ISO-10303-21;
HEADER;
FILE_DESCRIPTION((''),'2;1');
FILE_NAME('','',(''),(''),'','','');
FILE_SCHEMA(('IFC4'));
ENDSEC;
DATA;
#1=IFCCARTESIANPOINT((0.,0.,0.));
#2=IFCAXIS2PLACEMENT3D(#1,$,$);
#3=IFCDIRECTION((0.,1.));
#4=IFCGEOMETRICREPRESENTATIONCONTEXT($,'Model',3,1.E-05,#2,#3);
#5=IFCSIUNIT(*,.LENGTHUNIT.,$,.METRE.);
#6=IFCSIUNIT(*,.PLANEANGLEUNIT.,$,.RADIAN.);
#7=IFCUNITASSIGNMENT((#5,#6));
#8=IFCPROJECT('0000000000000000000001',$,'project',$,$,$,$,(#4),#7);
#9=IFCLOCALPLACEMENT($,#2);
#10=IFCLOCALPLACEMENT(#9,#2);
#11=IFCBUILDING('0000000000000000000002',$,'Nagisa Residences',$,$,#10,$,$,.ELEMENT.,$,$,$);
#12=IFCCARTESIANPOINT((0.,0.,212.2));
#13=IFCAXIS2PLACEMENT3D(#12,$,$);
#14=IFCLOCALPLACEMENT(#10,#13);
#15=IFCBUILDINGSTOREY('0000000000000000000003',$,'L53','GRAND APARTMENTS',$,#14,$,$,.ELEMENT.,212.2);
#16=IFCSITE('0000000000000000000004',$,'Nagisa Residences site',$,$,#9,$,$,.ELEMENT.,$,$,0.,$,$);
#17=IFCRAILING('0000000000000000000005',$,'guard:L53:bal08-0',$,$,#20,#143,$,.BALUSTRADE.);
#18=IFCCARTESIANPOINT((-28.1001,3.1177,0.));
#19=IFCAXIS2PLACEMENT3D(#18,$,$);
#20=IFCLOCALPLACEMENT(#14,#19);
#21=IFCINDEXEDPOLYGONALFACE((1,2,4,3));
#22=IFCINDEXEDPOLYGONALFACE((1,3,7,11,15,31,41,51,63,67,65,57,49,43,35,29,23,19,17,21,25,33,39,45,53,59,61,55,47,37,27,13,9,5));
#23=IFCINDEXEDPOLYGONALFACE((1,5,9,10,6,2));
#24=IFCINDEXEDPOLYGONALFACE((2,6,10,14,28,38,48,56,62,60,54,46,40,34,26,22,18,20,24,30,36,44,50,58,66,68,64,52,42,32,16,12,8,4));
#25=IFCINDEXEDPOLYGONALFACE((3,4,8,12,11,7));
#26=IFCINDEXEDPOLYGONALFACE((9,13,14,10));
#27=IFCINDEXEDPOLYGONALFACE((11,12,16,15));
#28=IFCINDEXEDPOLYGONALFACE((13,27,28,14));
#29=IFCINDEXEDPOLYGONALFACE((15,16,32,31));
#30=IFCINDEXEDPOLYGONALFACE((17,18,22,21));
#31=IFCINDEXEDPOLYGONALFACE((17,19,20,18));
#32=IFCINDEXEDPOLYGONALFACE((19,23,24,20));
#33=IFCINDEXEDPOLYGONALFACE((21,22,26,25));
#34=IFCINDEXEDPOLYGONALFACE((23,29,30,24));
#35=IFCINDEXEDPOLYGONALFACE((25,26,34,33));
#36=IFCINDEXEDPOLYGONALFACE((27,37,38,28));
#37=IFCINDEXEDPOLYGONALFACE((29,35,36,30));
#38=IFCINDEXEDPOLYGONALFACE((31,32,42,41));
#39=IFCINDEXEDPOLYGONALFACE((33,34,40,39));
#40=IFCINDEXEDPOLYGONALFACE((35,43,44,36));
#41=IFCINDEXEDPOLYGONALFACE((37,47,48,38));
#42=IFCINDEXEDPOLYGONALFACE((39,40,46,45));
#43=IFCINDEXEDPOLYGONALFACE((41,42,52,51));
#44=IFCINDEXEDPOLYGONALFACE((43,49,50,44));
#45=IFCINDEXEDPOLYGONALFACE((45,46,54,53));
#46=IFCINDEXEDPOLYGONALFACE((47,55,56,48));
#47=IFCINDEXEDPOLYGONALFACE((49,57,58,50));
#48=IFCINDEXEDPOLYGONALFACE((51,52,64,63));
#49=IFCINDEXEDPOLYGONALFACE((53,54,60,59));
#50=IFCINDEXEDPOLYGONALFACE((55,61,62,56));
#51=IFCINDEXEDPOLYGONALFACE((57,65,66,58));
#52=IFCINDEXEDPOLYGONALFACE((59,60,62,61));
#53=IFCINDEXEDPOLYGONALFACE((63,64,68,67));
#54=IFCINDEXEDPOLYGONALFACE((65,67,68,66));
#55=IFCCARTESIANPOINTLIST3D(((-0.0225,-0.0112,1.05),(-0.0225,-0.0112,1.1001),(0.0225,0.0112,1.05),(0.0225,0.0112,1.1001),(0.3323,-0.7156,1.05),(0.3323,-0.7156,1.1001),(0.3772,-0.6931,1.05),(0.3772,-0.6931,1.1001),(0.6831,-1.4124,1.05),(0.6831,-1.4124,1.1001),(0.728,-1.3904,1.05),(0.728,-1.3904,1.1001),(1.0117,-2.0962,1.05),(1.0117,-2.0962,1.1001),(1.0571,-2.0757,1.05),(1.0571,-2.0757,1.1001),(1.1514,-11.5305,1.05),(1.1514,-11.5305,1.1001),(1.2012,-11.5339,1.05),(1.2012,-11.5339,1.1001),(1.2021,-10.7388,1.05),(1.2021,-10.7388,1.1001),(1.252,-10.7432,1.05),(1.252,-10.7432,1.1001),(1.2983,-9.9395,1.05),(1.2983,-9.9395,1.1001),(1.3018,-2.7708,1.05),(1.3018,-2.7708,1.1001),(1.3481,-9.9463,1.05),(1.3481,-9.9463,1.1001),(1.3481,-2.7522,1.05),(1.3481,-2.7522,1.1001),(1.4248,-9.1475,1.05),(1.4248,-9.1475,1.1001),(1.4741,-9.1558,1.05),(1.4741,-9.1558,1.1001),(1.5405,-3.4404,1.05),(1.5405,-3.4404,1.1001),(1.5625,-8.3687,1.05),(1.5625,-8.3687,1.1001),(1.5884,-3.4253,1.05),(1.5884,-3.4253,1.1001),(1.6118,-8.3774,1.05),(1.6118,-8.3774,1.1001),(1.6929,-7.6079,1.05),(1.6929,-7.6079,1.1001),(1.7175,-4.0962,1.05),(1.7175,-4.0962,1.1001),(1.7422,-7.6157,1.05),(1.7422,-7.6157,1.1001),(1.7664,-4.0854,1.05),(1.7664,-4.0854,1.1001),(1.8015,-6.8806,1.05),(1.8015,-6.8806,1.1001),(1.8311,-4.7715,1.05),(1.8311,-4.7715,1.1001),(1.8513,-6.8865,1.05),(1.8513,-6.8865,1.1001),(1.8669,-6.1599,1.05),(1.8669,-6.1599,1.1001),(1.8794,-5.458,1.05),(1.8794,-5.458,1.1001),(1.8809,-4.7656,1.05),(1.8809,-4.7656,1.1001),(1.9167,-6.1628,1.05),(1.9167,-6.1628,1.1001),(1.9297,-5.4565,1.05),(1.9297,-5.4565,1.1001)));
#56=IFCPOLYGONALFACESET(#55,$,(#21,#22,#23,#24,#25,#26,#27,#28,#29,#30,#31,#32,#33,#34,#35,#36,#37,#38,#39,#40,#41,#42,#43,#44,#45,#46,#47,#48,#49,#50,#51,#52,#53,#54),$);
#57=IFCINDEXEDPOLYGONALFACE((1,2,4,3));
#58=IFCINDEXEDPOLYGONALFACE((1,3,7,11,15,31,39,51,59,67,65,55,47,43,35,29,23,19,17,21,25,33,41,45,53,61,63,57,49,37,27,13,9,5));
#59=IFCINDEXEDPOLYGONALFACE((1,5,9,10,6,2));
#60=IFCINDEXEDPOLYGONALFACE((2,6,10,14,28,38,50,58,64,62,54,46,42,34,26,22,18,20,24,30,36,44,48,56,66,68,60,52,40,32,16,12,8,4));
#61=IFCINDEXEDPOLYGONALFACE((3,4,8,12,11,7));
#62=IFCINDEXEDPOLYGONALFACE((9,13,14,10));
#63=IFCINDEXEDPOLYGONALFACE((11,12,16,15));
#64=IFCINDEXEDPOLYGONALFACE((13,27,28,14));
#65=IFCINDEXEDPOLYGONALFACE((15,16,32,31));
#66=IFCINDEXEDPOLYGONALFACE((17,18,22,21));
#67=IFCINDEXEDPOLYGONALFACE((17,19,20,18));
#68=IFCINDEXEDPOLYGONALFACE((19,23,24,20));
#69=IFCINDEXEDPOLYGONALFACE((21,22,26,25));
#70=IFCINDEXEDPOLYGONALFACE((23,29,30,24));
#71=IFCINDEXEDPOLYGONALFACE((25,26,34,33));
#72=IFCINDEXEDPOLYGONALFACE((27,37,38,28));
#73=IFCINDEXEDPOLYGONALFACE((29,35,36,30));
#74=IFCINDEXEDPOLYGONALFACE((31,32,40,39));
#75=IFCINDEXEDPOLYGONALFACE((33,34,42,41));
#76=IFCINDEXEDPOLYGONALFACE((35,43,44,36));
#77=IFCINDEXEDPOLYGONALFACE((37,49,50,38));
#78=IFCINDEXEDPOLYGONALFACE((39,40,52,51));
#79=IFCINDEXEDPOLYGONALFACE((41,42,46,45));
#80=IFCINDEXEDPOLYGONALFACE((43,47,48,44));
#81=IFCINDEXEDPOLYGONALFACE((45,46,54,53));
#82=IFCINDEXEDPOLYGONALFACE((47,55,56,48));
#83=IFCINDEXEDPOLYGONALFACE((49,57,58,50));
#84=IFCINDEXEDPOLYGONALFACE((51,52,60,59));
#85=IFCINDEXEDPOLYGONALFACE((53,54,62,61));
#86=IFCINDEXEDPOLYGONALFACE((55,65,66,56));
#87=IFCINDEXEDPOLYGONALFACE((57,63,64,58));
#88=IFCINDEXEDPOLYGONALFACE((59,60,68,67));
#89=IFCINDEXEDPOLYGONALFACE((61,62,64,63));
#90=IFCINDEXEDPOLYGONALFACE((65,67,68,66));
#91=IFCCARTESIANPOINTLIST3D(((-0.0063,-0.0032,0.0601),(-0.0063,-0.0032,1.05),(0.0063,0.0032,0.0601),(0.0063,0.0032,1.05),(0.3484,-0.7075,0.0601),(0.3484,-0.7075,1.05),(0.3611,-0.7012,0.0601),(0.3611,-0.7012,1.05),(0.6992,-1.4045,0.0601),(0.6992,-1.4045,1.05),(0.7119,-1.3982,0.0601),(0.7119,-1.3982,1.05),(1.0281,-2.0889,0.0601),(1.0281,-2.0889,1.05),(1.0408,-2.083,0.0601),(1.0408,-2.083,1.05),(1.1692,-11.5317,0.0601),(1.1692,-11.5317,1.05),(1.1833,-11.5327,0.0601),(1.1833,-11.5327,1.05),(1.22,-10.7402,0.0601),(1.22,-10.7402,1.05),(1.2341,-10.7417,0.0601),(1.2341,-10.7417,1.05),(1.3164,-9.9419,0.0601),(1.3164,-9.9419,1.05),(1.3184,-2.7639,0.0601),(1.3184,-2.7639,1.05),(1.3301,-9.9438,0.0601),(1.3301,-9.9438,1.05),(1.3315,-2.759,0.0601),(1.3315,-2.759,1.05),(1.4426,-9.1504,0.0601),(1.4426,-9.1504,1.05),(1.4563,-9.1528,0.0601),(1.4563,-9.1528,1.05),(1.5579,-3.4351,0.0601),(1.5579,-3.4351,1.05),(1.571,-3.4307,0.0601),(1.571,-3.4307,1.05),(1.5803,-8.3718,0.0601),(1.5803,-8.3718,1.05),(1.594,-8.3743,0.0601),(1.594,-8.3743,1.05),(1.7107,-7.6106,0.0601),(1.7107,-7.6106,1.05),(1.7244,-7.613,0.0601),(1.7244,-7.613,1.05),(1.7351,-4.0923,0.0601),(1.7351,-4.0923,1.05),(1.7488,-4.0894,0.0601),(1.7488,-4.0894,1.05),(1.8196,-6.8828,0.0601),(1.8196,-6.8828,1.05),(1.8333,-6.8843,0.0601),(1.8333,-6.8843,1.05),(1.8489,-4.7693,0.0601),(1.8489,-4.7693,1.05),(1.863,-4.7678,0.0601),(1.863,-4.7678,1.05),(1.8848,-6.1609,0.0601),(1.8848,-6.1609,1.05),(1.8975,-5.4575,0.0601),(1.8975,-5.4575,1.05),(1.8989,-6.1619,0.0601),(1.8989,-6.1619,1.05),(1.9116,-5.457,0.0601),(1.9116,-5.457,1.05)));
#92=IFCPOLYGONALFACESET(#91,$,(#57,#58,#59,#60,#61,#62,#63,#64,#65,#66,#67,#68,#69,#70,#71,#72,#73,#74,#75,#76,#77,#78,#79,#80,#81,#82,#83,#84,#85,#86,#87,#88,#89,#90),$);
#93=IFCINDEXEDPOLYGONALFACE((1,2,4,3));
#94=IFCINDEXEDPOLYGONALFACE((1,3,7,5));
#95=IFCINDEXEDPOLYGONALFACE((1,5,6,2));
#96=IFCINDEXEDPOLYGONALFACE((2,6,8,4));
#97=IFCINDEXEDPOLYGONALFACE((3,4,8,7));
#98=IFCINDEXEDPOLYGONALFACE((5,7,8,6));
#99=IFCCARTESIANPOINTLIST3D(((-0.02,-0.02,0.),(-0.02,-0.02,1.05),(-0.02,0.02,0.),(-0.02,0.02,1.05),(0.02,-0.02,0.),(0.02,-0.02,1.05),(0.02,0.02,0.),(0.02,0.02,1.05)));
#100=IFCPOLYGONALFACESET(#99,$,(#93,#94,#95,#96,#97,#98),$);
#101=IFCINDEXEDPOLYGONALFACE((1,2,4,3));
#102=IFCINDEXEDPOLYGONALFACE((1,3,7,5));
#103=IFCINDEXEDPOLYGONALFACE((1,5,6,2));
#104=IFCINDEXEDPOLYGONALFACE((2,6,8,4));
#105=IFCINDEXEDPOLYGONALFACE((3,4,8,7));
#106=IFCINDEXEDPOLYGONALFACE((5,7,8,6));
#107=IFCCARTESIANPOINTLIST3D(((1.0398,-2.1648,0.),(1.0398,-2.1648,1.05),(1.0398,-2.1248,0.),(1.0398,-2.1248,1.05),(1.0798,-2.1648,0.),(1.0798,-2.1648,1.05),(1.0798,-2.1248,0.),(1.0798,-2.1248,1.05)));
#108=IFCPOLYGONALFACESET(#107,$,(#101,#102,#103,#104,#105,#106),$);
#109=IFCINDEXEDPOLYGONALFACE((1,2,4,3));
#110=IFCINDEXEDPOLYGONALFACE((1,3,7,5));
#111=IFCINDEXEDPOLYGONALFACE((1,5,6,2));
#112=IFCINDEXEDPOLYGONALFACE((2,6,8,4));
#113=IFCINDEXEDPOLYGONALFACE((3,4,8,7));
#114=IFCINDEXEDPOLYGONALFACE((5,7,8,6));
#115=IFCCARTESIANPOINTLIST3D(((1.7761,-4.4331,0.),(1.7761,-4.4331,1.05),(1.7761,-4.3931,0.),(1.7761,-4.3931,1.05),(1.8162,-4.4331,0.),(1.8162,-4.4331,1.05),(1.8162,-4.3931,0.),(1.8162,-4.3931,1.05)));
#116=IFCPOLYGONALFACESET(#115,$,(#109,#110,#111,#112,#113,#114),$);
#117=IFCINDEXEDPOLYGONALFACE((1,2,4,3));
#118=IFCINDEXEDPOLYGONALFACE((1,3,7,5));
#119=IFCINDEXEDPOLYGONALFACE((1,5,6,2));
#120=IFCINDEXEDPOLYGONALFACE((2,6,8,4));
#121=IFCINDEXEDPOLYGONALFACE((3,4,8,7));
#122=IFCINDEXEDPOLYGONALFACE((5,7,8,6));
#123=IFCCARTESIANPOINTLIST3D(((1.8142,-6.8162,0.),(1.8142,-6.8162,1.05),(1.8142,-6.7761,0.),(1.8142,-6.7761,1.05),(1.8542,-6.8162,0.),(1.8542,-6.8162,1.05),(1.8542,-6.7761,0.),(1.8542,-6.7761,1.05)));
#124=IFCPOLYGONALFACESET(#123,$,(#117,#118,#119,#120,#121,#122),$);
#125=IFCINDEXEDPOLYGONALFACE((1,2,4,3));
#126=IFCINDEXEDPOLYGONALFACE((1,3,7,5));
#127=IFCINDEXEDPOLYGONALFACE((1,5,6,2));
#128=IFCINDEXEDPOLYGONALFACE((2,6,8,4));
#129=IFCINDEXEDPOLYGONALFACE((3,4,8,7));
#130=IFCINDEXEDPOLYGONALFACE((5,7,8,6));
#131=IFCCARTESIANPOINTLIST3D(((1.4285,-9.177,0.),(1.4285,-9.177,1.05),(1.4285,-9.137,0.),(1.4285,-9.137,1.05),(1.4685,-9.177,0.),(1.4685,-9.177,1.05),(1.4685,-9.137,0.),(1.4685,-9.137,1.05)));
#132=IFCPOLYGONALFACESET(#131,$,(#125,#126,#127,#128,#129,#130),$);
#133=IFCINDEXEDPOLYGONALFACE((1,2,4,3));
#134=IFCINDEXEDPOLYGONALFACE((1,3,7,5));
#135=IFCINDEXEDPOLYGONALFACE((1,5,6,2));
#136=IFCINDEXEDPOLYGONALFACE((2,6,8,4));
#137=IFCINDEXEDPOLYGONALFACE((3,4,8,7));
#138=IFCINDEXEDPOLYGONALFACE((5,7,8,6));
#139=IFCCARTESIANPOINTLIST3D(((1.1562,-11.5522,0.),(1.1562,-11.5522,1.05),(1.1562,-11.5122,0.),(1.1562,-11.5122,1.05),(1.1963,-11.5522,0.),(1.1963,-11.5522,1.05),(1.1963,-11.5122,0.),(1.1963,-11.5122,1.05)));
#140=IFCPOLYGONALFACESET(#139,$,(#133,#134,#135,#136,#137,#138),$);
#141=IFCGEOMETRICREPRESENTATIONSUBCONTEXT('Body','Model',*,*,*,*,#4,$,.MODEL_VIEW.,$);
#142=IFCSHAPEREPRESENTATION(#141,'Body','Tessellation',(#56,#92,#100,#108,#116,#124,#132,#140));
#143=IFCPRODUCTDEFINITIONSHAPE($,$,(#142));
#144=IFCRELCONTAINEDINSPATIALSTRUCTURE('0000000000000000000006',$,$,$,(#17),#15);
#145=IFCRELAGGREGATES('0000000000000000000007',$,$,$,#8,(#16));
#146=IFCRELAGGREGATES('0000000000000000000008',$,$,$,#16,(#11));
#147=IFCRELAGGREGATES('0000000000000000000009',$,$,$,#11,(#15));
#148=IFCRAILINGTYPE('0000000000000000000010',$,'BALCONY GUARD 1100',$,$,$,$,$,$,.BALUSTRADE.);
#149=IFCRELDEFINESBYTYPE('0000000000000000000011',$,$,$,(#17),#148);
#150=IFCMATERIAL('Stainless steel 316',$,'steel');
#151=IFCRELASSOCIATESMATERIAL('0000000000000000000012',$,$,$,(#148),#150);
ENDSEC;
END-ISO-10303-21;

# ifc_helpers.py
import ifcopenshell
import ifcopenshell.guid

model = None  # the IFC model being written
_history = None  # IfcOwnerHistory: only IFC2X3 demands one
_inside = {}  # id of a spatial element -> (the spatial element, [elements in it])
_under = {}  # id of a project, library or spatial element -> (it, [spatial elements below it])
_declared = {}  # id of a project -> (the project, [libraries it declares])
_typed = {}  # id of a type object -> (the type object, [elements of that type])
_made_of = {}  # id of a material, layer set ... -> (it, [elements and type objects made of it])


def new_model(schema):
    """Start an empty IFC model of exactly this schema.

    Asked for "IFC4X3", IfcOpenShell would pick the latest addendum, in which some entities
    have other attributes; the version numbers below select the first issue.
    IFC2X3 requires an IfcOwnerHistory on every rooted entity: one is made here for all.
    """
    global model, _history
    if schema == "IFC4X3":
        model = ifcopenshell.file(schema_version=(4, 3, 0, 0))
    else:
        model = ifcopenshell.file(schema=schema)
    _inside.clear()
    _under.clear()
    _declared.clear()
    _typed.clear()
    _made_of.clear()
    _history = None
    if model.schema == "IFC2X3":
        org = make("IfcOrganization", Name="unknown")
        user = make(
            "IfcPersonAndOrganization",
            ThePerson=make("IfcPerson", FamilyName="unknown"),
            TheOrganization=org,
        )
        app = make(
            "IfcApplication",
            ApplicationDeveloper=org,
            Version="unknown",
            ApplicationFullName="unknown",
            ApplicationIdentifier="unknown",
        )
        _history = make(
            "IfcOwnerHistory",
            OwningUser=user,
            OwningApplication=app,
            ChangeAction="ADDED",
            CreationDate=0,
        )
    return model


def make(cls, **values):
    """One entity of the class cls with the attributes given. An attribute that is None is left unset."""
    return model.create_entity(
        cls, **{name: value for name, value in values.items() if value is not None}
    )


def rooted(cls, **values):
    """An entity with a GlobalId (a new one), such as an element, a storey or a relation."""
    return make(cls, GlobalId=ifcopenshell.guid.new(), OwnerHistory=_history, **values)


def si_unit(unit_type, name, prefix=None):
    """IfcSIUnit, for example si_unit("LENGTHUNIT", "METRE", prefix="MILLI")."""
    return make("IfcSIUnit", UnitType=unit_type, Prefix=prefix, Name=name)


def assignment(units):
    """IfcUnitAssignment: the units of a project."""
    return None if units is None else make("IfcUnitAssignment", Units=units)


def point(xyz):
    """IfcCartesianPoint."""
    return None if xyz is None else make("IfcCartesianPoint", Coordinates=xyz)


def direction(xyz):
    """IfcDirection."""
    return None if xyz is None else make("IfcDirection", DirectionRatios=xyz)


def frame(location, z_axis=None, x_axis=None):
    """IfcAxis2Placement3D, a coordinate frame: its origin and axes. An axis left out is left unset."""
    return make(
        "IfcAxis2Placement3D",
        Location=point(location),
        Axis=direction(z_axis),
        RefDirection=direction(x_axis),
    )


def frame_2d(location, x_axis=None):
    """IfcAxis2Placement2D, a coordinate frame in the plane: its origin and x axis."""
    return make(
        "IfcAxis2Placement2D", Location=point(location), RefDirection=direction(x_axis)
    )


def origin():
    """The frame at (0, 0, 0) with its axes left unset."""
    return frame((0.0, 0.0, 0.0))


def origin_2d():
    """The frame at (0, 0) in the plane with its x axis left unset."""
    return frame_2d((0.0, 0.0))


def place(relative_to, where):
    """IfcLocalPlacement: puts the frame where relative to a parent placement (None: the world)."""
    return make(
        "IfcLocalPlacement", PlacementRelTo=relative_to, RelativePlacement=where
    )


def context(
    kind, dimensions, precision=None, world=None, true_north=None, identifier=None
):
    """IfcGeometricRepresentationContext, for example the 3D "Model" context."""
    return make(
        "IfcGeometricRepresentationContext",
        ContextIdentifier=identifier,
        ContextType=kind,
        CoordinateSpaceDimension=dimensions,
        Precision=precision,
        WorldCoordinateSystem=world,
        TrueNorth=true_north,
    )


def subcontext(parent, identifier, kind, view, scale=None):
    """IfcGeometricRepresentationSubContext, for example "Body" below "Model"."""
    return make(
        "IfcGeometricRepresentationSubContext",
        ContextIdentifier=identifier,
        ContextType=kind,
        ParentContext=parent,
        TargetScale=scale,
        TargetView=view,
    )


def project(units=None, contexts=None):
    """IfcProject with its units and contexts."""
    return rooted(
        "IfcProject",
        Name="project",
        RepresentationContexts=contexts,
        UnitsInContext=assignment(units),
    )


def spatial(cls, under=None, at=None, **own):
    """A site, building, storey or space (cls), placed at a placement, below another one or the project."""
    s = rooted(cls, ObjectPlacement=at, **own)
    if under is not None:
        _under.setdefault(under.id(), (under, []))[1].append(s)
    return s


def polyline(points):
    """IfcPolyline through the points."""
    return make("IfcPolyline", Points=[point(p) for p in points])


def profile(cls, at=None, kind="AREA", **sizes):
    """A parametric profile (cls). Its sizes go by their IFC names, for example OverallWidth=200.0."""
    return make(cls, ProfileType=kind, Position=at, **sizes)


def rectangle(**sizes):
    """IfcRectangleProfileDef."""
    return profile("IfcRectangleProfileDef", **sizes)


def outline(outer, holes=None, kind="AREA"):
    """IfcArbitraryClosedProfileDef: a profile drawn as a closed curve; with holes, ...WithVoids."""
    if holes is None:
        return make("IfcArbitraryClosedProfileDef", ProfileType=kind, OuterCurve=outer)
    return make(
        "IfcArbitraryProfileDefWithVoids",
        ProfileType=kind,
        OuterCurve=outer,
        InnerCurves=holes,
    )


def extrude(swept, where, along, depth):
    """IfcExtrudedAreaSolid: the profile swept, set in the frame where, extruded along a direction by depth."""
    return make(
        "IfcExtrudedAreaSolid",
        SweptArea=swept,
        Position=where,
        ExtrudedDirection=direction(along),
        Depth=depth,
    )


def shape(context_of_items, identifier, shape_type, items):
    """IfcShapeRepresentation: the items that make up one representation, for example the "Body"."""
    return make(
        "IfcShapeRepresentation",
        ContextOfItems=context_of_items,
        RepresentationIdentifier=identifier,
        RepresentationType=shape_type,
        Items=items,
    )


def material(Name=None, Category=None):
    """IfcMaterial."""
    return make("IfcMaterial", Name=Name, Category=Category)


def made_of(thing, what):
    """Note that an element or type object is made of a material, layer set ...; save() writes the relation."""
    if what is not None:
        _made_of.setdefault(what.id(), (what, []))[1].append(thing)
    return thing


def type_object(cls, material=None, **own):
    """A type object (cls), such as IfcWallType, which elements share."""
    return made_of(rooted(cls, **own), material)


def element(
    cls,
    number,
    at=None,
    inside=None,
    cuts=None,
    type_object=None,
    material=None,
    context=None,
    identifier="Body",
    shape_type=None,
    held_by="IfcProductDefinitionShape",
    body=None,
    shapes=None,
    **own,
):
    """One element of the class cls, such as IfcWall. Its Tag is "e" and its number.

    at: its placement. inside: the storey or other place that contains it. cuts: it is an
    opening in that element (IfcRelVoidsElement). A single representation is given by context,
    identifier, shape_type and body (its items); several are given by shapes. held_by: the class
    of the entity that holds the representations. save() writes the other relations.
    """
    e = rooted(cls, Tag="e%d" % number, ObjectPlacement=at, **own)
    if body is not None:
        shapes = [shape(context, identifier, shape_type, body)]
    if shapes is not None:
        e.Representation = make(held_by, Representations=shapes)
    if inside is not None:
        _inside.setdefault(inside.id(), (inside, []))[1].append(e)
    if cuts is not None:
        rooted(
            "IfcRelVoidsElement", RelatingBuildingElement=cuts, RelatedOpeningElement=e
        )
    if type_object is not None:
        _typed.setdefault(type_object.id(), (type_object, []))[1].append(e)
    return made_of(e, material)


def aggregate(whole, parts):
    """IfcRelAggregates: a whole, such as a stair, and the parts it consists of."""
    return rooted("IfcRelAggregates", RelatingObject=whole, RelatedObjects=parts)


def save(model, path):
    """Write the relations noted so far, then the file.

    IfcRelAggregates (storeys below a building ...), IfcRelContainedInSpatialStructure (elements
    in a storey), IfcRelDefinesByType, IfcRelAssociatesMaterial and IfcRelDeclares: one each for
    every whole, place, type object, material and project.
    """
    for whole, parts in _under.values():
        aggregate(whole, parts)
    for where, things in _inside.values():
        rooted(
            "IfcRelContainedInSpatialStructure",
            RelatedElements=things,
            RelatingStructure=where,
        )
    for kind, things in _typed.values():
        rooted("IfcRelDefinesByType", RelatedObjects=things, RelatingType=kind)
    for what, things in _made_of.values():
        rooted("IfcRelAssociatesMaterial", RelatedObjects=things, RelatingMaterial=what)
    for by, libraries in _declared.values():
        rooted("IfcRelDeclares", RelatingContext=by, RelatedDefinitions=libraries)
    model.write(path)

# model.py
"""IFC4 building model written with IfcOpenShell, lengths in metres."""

from ifc_helpers import new_model, si_unit, direction, frame, origin, origin_2d, place, context, subcontext, project, spatial, polyline, rectangle, outline, extrude, material, type_object, element, save


model = new_model("IFC4")

# Units and contexts
model_context = context("Model", 3, precision=1e-05, world=origin(), true_north=direction((0.0, 1.0)))
body_context = subcontext(model_context, "Body", "Model", "MODEL_VIEW")
ifc_project = project(units=[si_unit("LENGTHUNIT", "METRE"), si_unit("PLANEANGLEUNIT", "RADIAN")], contexts=[model_context])

# Site, building, storey
site_placement = place(None, origin())
site = spatial("IfcSite", under=ifc_project, at=site_placement, Name="Nagisa Residences site", CompositionType="ELEMENT", RefElevation=0.0)
building_placement = place(site_placement, origin())
building = spatial("IfcBuilding", under=site, at=building_placement, Name="Nagisa Residences", CompositionType="ELEMENT")
storey_placement = place(building_placement, frame((0.0, 0.0, 212.2)))
storey = spatial("IfcBuildingStorey", under=building, at=storey_placement, Name="L53", Description="GRAND APARTMENTS", CompositionType="ELEMENT", Elevation=212.2)

# Railing
ifc_material_1 = material(Name="Stainless steel 316", Category="steel")
railing_type = type_object("IfcRailingType", Name="BALCONY GUARD 1100", PredefinedType="BALUSTRADE", material=ifc_material_1)
railing_placement = place(storey_placement, frame((-28.1001, 3.1177, 0.0)))
element("IfcRailing", 1, at=railing_placement, inside=storey, type_object=railing_type, Name="guard:L53:bal08-0", PredefinedType="BALUSTRADE", context=body_context, shape_type="SweptSolid", body=[
    extrude(outline(polyline([(0.3772, -0.6931), (0.0225, 0.0112), (-0.0225, -0.0112), (0.3323, -0.7156), (0.6831, -1.4124), (1.0117, -2.0962), (1.3018, -2.7708), (1.5405, -3.4404), (1.7175, -4.0962), (1.8311, -4.7715), (1.8794, -5.458), (1.8669, -6.1599), (1.8015, -6.8806), (1.6929, -7.6079), (1.5625, -8.3687), (1.4248, -9.1475), (1.2983, -9.9395), (1.2021, -10.7388), (1.1514, -11.5305), (1.2012, -11.5339), (1.252, -10.7432), (1.3481, -9.9463), (1.4741, -9.1558), (1.6118, -8.3774), (1.7422, -7.6157), (1.8513, -6.8865), (1.9167, -6.1628), (1.9297, -5.4565), (1.8809, -4.7656), (1.7664, -4.0854), (1.5884, -3.4253), (1.3481, -2.7522), (1.0571, -2.0757), (0.728, -1.3904), (0.3772, -0.6931)])), frame((0.0, 0.0, 1.05)), (0.0, 0.0, 1.0), 0.05),
    extrude(outline(polyline([(0.3611, -0.7012), (0.0063, 0.0032), (-0.0063, -0.0032), (0.3484, -0.7075), (0.6992, -1.4045), (1.0281, -2.0889), (1.3184, -2.7639), (1.5579, -3.4351), (1.7351, -4.0923), (1.8489, -4.7693), (1.8975, -5.4575), (1.8848, -6.1609), (1.8196, -6.8828), (1.7107, -7.6106), (1.5803, -8.3718), (1.4426, -9.1504), (1.3164, -9.9419), (1.22, -10.7402), (1.1692, -11.5317), (1.1833, -11.5327), (1.2341, -10.7417), (1.3301, -9.9438), (1.4563, -9.1528), (1.594, -8.3743), (1.7244, -7.613), (1.8333, -6.8843), (1.8989, -6.1619), (1.9116, -5.457), (1.863, -4.7678), (1.7488, -4.0894), (1.571, -3.4307), (1.3315, -2.759), (1.0408, -2.083), (0.7119, -1.3982), (0.3611, -0.7012)])), frame((0.0, 0.0, 0.0601)), (0.0, 0.0, 1.0), 0.99),
    extrude(rectangle(XDim=0.04, YDim=0.04, at=origin_2d()), origin(), (0.0, 0.0, 1.0), 1.05),
    extrude(rectangle(XDim=0.04, YDim=0.04, at=origin_2d()), frame((1.0598, -2.1448, 0.0)), (0.0, 0.0, 1.0), 1.05),
    extrude(rectangle(XDim=0.04, YDim=0.04, at=origin_2d()), frame((1.7961, -4.4131, 0.0)), (0.0, 0.0, 1.0), 1.05),
    extrude(rectangle(XDim=0.04, YDim=0.04, at=origin_2d()), frame((1.8342, -6.7961, 0.0)), (0.0, 0.0, 1.0), 1.05),
    extrude(rectangle(XDim=0.04, YDim=0.04, at=origin_2d()), frame((1.4485, -9.157, 0.0)), (0.0, 0.0, 1.0), 1.05),
    extrude(rectangle(XDim=0.04, YDim=0.04, at=origin_2d()), frame((1.1763, -11.5322, 0.0)), (0.0, 0.0, 1.0), 1.05),
])

save(model, "model.ifc")
